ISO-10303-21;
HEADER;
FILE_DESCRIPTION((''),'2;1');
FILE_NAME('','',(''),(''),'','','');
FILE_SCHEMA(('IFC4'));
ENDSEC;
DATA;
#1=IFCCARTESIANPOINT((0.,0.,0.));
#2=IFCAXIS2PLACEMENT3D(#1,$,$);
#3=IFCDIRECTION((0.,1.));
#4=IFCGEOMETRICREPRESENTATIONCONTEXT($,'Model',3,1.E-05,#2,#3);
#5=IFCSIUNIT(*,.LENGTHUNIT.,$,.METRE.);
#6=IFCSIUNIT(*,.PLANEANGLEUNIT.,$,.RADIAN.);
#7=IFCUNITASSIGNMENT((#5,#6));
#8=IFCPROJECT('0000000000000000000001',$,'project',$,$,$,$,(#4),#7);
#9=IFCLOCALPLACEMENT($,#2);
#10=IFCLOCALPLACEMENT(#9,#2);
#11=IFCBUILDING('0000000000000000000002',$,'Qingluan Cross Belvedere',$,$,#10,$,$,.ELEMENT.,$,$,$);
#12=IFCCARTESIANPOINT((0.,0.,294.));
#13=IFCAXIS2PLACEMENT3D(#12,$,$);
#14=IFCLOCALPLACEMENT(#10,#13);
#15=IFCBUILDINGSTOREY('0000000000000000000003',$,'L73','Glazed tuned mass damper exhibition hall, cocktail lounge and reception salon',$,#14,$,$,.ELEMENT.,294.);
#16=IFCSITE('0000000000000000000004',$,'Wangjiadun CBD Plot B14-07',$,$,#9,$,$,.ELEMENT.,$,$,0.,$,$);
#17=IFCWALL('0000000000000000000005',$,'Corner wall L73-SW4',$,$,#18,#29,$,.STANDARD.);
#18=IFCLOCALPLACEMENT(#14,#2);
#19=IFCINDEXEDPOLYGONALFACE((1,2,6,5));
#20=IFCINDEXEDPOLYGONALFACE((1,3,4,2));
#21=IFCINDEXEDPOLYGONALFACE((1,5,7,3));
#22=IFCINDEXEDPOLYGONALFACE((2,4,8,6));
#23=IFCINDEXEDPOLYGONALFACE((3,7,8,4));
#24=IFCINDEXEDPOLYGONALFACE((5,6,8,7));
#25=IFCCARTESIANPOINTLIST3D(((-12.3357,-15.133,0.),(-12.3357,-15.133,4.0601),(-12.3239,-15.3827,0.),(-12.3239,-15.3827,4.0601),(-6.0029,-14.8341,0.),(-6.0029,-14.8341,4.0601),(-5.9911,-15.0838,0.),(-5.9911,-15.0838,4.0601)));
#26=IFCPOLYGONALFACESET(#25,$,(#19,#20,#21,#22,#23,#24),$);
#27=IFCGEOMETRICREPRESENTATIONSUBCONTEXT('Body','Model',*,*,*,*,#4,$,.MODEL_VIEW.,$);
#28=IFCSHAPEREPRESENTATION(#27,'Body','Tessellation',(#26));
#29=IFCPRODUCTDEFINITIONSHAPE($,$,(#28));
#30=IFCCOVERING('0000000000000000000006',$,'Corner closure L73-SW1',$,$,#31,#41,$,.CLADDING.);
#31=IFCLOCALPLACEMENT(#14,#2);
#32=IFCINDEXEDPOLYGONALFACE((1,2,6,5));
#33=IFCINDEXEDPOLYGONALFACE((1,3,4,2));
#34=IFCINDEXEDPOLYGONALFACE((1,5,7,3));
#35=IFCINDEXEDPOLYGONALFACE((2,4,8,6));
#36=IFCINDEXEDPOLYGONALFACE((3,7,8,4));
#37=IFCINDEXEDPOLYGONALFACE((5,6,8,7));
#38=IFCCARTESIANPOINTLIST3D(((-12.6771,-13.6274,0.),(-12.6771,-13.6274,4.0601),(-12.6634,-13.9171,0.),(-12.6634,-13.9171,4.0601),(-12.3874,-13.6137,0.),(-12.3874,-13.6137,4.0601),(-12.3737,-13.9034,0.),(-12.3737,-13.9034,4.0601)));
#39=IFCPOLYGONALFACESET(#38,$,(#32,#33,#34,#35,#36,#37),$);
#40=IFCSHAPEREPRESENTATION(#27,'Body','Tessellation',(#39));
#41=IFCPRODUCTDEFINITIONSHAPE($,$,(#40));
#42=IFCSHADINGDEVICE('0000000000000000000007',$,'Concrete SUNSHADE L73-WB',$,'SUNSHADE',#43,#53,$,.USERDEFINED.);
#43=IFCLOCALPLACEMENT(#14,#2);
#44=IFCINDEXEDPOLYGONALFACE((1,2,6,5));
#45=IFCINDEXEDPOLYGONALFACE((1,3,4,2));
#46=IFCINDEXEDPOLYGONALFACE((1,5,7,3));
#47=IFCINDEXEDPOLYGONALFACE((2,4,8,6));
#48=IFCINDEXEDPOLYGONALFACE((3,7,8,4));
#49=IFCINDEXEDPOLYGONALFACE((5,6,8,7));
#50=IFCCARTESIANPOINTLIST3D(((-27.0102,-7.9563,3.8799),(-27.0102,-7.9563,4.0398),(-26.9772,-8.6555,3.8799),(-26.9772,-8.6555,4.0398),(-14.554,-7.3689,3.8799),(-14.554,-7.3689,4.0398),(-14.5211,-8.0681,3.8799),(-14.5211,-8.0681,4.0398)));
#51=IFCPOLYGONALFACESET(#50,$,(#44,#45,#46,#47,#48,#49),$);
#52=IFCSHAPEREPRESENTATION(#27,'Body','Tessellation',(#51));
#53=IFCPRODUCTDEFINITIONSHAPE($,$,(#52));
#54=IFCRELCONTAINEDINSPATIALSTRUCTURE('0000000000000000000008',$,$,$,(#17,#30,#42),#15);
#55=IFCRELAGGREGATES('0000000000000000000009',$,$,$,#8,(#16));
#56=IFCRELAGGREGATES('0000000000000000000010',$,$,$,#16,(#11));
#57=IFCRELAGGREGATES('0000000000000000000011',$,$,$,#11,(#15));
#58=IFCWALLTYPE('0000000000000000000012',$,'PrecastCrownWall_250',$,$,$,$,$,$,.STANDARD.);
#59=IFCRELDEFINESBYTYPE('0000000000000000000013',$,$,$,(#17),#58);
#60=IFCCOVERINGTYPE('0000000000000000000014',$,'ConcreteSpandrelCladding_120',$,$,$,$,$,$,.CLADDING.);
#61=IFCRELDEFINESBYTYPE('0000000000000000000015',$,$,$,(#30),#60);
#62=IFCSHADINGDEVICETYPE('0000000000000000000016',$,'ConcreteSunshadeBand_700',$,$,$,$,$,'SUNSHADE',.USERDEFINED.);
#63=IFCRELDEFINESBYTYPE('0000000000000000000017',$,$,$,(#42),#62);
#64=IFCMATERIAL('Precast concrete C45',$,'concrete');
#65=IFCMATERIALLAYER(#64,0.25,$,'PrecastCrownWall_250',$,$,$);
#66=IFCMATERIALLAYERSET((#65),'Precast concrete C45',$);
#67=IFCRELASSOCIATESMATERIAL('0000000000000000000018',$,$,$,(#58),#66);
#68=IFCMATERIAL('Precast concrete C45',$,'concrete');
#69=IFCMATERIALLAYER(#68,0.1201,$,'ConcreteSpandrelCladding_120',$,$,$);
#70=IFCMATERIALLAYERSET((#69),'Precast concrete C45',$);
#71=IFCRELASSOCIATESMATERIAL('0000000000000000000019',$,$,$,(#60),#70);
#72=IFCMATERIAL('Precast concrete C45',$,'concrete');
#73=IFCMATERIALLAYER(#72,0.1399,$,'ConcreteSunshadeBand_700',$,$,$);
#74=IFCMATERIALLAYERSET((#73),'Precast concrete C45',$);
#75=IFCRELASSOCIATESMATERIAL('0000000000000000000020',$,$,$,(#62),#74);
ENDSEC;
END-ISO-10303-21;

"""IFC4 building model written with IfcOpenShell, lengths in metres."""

from ifc_helpers import new_model, si_unit, direction, frame, frame_2d, origin, origin_2d, place, context, subcontext, project, spatial, rectangle, extrude, material, layer, layer_set, type_object, element, save


model = new_model("IFC4")

# Units and contexts
model_context = context("Model", 3, precision=1e-05, world=origin(), true_north=direction((0.0, 1.0)))
body_context = subcontext(model_context, "Body", "Model", "MODEL_VIEW")
ifc_project = project(units=[si_unit("LENGTHUNIT", "METRE"), si_unit("PLANEANGLEUNIT", "RADIAN")], contexts=[model_context])

# Site, building, storey
site_placement = place(None, origin())
site = spatial("IfcSite", under=ifc_project, at=site_placement, Name="Wangjiadun CBD Plot B14-07", CompositionType="ELEMENT", RefElevation=0.0)
building_placement = place(site_placement, origin())
building = spatial("IfcBuilding", under=site, at=building_placement, Name="Qingluan Cross Belvedere", CompositionType="ELEMENT")
storey_placement = place(building_placement, frame((0.0, 0.0, 294.0)))
storey = spatial("IfcBuildingStorey", under=building, at=storey_placement, Name="L73", Description="Glazed tuned mass damper exhibition hall, cocktail lounge and reception salon", CompositionType="ELEMENT", Elevation=294.0)

# Shared definitions
ifc_material_1 = material(Name="Precast concrete C45", Category="concrete")
ifc_layer_1 = layer(ifc_material_1, 0.25, Name="PrecastCrownWall_250")
ifc_layer_set_1 = layer_set([ifc_layer_1], Name="Precast concrete C45")
wall_type_1 = type_object("IfcWallType", Name="PrecastCrownWall_250", PredefinedType="STANDARD", material=ifc_layer_set_1)

# Wall
wall_1_placement = place(storey_placement, frame((-12.3298, -15.2578, 0.0), z_axis=(0.0, 0.0, 1.0), x_axis=(0.998889, 0.047135, 0.0)))
element("IfcWall", 1, at=wall_1_placement, inside=storey, type_object=wall_type_1, Name="Corner wall L73-SW4", PredefinedType="STANDARD", context=body_context, shape_type="SweptSolid", body=[
    extrude(rectangle(XDim=6.3398, YDim=0.25, at=frame_2d((3.1699, 0.0))), origin(), (0.0, 0.0, 1.0), 4.0601),
])

# Covering
ifc_material_2 = material(Name="Precast concrete C45", Category="concrete")
ifc_layer_2 = layer(ifc_material_2, 0.1201, Name="ConcreteSpandrelCladding_120")
ifc_layer_set_2 = layer_set([ifc_layer_2], Name="Precast concrete C45")
covering_type = type_object("IfcCoveringType", Name="ConcreteSpandrelCladding_120", PredefinedType="CLADDING", material=ifc_layer_set_2)
covering_placement = place(storey_placement, frame((-12.5254, -13.7654, 0.0), z_axis=(0.0, 0.0, 1.0), x_axis=(0.99889, 0.047106, 0.0)))
element("IfcCovering", 2, at=covering_placement, inside=storey, type_object=covering_type, Name="Corner closure L73-SW1", PredefinedType="CLADDING", context=body_context, shape_type="SweptSolid", body=[
    extrude(rectangle(XDim=0.29, YDim=0.29, at=origin_2d()), origin(), (0.0, 0.0, 1.0), 4.0601),
])

# Shading device
ifc_material_3 = material(Name="Precast concrete C45", Category="concrete")
ifc_layer_3 = layer(ifc_material_3, 0.1399, Name="ConcreteSunshadeBand_700")
ifc_layer_set_3 = layer_set([ifc_layer_3], Name="Precast concrete C45")
shading_device_type = type_object("IfcShadingDeviceType", Name="ConcreteSunshadeBand_700", ElementType="SUNSHADE", PredefinedType="USERDEFINED", material=ifc_layer_set_3)
shading_device_placement = place(storey_placement, frame((-20.7656, -8.0122, 3.8799), z_axis=(0.0, 0.0, 1.0), x_axis=(0.99889, 0.047104, 0.0)))
element("IfcShadingDevice", 3, at=shading_device_placement, inside=storey, type_object=shading_device_type, Name="Concrete SUNSHADE L73-WB", ObjectType="SUNSHADE", PredefinedType="USERDEFINED", context=body_context, shape_type="SweptSolid", body=[
    extrude(rectangle(XDim=12.47, YDim=0.7, at=origin_2d()), origin(), (0.0, 0.0, 1.0), 0.1599),
])

save(model, "model.ifc")
